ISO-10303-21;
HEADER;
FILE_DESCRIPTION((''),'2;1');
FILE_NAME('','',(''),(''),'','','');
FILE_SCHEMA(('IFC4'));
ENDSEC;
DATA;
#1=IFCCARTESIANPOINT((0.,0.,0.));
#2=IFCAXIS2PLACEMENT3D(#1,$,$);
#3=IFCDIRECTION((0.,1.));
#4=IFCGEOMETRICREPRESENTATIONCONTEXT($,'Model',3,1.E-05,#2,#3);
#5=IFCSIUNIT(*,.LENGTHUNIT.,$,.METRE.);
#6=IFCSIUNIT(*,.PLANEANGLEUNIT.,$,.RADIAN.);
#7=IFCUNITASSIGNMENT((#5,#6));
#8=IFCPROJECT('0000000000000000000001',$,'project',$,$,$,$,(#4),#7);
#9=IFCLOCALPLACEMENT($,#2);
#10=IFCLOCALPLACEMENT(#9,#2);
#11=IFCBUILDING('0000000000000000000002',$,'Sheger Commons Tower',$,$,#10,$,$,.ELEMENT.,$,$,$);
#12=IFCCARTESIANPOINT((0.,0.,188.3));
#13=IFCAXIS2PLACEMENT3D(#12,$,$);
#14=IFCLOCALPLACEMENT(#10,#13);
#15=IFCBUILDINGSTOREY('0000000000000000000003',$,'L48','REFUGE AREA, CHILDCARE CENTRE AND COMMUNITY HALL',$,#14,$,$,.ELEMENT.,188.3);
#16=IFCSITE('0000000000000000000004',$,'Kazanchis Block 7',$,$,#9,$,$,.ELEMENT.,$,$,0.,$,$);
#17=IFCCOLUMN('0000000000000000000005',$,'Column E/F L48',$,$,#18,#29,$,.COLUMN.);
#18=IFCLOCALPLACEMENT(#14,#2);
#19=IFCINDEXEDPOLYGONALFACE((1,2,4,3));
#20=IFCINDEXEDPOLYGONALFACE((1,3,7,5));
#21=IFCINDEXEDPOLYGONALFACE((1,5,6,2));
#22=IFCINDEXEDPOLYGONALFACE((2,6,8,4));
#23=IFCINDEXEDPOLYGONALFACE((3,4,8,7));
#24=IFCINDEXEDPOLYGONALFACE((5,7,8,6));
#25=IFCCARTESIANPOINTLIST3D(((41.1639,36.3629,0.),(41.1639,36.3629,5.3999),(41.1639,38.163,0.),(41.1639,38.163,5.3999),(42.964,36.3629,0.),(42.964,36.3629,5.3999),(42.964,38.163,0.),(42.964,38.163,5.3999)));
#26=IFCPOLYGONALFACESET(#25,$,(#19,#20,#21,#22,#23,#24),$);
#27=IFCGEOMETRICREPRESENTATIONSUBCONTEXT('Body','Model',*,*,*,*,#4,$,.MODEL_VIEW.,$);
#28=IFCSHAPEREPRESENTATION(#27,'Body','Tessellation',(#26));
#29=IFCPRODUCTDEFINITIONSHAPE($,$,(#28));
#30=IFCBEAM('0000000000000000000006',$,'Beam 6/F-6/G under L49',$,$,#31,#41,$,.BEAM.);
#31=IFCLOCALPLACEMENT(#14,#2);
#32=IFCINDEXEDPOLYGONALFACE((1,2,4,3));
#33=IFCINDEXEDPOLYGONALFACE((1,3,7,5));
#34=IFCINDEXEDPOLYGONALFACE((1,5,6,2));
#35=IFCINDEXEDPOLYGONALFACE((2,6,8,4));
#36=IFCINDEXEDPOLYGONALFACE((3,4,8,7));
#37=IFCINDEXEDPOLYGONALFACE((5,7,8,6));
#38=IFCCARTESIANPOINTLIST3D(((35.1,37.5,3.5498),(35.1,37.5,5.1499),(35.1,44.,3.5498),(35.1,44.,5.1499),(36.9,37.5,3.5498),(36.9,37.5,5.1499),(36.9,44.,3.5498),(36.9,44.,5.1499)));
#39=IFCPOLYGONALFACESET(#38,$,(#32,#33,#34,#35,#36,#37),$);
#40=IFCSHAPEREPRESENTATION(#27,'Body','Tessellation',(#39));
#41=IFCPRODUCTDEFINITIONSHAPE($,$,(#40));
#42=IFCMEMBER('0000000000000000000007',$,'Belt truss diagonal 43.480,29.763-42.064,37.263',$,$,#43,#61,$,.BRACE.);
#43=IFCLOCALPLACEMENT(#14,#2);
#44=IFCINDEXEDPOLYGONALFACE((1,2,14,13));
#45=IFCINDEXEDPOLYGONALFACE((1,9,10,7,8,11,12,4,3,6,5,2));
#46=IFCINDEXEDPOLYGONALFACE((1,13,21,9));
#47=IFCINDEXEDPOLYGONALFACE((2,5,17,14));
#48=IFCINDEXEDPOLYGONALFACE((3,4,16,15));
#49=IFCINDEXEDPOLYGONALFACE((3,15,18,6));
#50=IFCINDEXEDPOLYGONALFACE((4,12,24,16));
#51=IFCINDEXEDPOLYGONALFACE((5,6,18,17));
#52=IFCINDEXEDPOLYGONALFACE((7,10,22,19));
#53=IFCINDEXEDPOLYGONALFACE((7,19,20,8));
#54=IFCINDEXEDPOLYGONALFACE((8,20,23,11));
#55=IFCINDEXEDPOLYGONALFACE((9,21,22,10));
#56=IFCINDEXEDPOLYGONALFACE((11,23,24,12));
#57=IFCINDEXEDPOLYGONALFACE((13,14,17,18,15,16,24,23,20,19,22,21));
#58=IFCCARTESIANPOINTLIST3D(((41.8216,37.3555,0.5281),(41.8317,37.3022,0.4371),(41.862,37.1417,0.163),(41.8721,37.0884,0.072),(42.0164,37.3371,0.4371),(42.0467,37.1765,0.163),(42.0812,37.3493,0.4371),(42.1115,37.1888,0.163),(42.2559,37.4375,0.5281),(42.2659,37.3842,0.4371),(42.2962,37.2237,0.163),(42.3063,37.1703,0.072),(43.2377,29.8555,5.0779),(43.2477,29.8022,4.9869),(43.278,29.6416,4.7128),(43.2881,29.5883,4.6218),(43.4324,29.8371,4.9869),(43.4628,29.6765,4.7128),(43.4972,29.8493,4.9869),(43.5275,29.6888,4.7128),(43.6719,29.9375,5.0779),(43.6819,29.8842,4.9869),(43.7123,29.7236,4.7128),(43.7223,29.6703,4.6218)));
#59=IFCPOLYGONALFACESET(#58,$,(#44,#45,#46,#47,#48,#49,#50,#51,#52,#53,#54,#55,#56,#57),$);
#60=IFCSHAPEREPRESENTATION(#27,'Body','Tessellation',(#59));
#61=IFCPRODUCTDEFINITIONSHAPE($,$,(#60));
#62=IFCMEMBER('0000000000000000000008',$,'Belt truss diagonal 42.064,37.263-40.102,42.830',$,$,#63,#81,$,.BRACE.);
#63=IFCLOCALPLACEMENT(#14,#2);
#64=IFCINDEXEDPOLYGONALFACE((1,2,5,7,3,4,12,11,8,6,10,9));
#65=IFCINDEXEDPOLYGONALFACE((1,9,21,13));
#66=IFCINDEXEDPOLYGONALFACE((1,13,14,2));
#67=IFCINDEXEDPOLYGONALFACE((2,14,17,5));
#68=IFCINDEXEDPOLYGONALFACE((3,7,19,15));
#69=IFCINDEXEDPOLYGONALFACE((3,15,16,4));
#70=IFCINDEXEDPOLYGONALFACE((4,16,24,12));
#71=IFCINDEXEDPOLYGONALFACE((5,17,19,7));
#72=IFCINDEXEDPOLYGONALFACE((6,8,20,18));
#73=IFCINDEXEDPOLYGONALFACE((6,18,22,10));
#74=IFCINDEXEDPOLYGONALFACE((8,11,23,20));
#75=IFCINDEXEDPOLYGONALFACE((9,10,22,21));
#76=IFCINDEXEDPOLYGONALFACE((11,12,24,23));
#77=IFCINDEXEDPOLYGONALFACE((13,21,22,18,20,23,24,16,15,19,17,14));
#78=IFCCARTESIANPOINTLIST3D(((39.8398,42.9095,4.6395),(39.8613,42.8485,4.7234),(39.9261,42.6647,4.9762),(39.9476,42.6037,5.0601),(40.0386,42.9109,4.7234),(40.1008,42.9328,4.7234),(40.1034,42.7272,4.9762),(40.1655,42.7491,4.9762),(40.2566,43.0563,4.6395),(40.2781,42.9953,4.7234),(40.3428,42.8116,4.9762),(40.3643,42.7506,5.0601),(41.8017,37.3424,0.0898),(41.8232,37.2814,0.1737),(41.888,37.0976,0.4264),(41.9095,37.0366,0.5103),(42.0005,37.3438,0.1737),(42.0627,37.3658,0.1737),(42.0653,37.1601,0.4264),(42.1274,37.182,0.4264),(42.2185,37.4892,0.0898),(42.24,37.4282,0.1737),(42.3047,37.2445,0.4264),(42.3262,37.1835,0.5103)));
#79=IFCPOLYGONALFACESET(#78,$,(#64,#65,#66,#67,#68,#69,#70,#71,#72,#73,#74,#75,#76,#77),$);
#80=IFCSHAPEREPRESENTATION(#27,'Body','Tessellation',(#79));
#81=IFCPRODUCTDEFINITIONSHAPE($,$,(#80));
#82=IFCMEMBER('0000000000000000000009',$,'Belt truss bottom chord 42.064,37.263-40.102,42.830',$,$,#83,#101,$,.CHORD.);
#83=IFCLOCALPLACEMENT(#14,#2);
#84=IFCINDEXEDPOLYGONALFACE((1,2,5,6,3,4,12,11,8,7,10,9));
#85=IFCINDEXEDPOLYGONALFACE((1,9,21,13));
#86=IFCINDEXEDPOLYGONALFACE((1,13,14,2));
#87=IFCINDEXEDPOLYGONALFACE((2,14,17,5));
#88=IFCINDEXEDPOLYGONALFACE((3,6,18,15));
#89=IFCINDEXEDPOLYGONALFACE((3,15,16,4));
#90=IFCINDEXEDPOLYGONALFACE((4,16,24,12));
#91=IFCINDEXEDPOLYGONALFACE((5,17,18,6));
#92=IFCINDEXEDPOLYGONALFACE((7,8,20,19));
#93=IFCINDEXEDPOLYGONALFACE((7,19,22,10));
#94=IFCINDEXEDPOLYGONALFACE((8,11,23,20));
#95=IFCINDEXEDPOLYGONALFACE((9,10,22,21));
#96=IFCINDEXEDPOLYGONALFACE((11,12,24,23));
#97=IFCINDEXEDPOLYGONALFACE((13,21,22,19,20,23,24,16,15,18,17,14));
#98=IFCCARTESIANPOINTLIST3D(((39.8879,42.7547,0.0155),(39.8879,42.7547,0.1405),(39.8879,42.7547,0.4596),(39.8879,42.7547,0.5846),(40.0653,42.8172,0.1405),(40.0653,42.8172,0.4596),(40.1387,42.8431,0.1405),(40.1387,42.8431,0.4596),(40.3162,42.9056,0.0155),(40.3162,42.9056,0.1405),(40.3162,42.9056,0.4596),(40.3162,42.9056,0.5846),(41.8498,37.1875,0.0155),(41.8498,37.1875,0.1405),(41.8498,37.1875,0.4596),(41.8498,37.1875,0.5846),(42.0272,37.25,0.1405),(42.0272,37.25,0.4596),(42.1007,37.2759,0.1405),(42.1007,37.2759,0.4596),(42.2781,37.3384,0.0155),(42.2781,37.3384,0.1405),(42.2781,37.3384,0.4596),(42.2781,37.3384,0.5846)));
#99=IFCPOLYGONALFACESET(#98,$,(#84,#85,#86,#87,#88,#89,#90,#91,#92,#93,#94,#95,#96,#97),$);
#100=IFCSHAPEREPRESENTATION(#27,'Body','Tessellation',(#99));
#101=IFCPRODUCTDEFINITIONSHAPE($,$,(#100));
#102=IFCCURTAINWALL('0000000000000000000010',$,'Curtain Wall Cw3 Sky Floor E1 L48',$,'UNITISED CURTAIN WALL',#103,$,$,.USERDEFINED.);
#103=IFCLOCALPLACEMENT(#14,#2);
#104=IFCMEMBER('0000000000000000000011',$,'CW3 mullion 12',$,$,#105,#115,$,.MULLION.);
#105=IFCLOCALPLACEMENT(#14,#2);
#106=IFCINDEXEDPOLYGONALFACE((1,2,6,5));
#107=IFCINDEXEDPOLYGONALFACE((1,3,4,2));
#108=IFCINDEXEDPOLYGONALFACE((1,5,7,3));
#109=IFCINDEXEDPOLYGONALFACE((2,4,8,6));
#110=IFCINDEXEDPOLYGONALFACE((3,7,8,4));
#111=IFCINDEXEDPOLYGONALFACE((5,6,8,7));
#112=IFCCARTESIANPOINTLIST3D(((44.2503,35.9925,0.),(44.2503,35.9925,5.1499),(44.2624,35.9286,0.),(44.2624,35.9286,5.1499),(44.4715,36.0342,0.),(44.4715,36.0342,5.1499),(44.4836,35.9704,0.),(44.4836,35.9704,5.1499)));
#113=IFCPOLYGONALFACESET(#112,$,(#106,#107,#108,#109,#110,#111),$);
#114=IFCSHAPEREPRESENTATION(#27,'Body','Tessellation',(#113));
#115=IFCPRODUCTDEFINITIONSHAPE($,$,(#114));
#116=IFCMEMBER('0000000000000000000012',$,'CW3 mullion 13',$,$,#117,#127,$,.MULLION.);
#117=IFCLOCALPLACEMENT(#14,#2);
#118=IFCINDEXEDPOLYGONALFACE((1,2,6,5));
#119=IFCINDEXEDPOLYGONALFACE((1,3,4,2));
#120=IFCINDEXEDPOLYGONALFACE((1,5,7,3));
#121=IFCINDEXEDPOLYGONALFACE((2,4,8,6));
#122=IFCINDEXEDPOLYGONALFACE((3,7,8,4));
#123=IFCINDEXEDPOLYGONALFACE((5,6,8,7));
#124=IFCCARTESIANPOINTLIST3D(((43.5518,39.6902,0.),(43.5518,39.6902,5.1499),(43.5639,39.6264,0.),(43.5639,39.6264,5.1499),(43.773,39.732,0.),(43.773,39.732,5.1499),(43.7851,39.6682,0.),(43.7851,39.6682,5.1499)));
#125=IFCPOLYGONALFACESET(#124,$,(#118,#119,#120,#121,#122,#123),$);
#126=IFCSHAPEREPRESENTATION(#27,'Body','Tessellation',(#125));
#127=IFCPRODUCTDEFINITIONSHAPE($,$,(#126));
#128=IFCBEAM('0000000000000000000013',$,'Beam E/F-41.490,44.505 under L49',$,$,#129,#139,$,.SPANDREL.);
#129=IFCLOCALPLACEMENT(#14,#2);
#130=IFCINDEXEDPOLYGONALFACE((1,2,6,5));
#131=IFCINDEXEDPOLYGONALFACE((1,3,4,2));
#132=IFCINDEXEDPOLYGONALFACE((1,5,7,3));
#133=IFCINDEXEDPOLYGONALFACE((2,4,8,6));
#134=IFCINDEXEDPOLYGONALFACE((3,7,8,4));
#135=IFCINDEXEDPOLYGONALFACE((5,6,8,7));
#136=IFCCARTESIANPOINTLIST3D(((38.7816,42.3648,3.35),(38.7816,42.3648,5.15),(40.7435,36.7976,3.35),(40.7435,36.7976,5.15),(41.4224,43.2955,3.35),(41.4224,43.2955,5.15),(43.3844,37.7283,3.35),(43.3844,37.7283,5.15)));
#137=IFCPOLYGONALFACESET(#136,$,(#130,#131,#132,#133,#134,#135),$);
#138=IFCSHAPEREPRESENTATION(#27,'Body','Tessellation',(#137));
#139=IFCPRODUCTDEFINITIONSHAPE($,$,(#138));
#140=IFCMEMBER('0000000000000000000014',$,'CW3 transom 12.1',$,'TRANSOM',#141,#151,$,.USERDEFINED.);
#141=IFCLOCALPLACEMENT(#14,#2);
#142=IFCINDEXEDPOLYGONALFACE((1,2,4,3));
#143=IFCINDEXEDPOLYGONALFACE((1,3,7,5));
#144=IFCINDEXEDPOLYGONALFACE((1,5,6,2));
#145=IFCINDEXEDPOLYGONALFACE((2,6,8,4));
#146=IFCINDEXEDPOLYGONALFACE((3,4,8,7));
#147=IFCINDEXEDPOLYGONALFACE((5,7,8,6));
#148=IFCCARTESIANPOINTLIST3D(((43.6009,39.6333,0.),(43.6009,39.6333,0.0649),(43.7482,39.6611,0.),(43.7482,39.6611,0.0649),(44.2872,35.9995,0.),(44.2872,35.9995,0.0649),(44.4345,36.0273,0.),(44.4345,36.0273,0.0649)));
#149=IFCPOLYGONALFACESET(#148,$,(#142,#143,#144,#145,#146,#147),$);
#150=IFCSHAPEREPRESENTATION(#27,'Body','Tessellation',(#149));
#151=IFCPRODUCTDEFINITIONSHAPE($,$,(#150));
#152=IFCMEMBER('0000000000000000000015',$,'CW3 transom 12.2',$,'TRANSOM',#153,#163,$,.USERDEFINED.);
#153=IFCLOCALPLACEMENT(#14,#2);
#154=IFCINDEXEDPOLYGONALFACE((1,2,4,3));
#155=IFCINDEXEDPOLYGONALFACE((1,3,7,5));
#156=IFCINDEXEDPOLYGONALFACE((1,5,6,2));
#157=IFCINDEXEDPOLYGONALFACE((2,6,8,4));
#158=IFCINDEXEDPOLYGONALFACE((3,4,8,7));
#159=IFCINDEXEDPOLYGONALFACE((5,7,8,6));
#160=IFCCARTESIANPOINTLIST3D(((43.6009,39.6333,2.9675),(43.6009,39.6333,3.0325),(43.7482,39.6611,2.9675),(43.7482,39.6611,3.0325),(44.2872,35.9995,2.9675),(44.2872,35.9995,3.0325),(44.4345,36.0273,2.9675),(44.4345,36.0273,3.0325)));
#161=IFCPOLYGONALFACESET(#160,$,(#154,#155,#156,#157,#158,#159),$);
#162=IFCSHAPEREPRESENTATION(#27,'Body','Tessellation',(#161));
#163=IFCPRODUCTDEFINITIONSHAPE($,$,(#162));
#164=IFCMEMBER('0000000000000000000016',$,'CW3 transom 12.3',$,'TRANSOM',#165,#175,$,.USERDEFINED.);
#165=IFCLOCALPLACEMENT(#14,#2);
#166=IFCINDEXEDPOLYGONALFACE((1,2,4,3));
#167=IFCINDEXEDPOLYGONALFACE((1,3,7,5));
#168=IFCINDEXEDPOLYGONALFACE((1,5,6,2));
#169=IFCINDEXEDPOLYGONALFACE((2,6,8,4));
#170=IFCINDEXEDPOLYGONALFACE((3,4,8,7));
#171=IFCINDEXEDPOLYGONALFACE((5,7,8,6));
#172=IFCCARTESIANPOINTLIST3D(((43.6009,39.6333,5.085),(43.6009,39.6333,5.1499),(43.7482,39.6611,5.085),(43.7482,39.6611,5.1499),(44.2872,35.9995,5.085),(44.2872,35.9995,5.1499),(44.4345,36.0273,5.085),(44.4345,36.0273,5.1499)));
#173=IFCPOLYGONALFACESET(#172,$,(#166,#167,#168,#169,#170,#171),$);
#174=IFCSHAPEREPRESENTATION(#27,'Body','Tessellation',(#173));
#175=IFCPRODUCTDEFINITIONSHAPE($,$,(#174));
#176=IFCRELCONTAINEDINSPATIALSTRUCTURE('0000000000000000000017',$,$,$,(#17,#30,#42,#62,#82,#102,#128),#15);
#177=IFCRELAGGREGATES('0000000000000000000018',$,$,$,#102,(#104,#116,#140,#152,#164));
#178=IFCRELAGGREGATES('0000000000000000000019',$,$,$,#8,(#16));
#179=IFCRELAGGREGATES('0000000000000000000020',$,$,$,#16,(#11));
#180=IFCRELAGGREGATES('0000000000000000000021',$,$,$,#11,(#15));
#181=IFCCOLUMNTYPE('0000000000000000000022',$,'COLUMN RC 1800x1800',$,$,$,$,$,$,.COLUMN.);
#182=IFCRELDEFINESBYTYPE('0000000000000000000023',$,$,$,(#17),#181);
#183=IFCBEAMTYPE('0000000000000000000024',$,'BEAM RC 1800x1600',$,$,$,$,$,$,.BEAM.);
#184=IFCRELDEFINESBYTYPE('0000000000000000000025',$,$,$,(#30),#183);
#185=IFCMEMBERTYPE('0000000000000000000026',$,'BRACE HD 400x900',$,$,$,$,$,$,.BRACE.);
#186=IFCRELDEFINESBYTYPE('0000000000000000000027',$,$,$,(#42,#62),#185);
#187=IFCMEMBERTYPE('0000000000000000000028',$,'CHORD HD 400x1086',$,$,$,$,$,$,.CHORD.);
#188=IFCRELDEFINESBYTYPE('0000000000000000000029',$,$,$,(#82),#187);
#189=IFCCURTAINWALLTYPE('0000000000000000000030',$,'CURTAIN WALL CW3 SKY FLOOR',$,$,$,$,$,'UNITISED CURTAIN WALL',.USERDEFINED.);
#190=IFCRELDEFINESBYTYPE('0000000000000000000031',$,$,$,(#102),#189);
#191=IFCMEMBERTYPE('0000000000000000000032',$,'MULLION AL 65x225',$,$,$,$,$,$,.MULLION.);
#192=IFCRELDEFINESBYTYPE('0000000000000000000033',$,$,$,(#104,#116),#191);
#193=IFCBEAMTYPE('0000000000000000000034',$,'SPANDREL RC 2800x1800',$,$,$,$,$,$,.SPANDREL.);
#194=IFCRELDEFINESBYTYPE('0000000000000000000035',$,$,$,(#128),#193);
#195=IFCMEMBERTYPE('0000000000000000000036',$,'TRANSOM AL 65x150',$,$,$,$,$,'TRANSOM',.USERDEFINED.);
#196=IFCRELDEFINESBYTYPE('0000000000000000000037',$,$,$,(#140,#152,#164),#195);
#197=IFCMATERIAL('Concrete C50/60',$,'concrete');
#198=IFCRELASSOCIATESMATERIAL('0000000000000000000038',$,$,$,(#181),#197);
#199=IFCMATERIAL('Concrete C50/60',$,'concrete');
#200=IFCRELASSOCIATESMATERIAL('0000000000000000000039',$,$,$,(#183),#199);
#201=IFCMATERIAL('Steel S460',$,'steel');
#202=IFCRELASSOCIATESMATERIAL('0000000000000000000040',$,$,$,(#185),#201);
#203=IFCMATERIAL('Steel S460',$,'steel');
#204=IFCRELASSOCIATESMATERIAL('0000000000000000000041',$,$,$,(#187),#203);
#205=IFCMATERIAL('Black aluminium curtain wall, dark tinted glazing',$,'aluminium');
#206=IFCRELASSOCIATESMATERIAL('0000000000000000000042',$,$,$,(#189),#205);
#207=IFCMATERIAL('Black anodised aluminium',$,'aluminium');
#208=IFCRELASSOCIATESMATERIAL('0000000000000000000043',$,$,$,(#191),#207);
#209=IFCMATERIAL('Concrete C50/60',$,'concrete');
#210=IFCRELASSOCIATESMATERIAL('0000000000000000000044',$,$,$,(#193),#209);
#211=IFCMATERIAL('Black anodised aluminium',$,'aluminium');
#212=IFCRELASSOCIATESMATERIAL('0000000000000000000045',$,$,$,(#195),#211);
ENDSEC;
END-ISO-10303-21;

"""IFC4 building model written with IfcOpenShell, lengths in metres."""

from ifc_helpers import new_model, si_unit, direction, frame, origin, origin_2d, place, context, subcontext, project, spatial, rectangle, i_section, extrude, material, material_profile, profile_set, type_object, element, aggregate, save


model = new_model("IFC4")

# Units and contexts
model_context = context("Model", 3, precision=1e-05, world=origin(), true_north=direction((0.0, 1.0)))
body_context = subcontext(model_context, "Body", "Model", "MODEL_VIEW")
ifc_project = project(units=[si_unit("LENGTHUNIT", "METRE"), si_unit("PLANEANGLEUNIT", "RADIAN")], contexts=[model_context])

# Site, building, storey
site_placement = place(None, origin())
site = spatial("IfcSite", under=ifc_project, at=site_placement, Name="Kazanchis Block 7", CompositionType="ELEMENT", RefElevation=0.0)
building_placement = place(site_placement, origin())
building = spatial("IfcBuilding", under=site, at=building_placement, Name="Sheger Commons Tower", CompositionType="ELEMENT")
storey_placement = place(building_placement, frame((0.0, 0.0, 188.3)))
storey = spatial("IfcBuildingStorey", under=building, at=storey_placement, Name="L48", Description="REFUGE AREA, CHILDCARE CENTRE AND COMMUNITY HALL", CompositionType="ELEMENT", Elevation=188.3)

# Column
ifc_material_1 = material(Name="Concrete C50/60", Category="concrete")
ifc_material_profile_1 = material_profile(ifc_material_1, rectangle(XDim=1.8, YDim=1.8, at=origin_2d()), Name="RC 1800x1800")
ifc_profile_set_1 = profile_set([ifc_material_profile_1], Name="Concrete C50/60")
column_type = type_object("IfcColumnType", Name="COLUMN RC 1800x1800", PredefinedType="COLUMN", material=ifc_profile_set_1)
column_placement = place(storey_placement, frame((42.064, 37.2629, 0.0), z_axis=(0.0, 0.0, 1.0), x_axis=(1.0, 0.0, 0.0)))
element("IfcColumn", 1, at=column_placement, inside=storey, type_object=column_type, Name="Column E/F L48", PredefinedType="COLUMN", context=body_context, shape_type="SweptSolid", body=[
    extrude(rectangle(XDim=1.8, YDim=1.8, at=origin_2d()), origin(), (0.0, 0.0, 1.0), 5.3999),
])

# Beam
ifc_material_2 = material(Name="Concrete C50/60", Category="concrete")
ifc_material_profile_2 = material_profile(ifc_material_2, rectangle(XDim=1.8, YDim=1.6001, at=origin_2d()), Name="RC 1800x1600")
ifc_profile_set_2 = profile_set([ifc_material_profile_2], Name="Concrete C50/60")
beam_type_1 = type_object("IfcBeamType", Name="BEAM RC 1800x1600", PredefinedType="BEAM", material=ifc_profile_set_2)
beam_1_placement = place(storey_placement, frame((36.0, 37.5, 4.3499), z_axis=(0.0, 1.0, 0.0), x_axis=(-1.0, 0.0, 0.0)))
element("IfcBeam", 2, at=beam_1_placement, inside=storey, type_object=beam_type_1, Name="Beam 6/F-6/G under L49", PredefinedType="BEAM", context=body_context, shape_type="SweptSolid", body=[
    extrude(rectangle(XDim=1.8, YDim=1.6001, at=origin_2d()), origin(), (0.0, 0.0, 1.0), 6.5),
])

# Members
ifc_material_3 = material(Name="Steel S460", Category="steel")
ifc_material_profile_3 = material_profile(ifc_material_3, i_section(OverallWidth=0.4419, OverallDepth=0.531, WebThickness=0.0659, FlangeThickness=0.106, at=origin_2d()), Name="HD 400x900")
ifc_profile_set_3 = profile_set([ifc_material_profile_3], Name="Steel S460")
member_type_1 = type_object("IfcMemberType", Name="BRACE HD 400x900", PredefinedType="BRACE", material=ifc_profile_set_3)
member_1_placement = place(storey_placement, frame((42.064, 37.2629, 0.3), z_axis=(0.159359, -0.844052, 0.512036), x_axis=(0.98264, 0.185524, 0.0)))
element("IfcMember", 3, at=member_1_placement, inside=storey, type_object=member_type_1, Name="Belt truss diagonal 43.480,29.763-42.064,37.263", PredefinedType="BRACE", context=body_context, shape_type="SweptSolid", body=[
    extrude(i_section(OverallWidth=0.4419, OverallDepth=0.531, WebThickness=0.0659, FlangeThickness=0.106, at=origin_2d()), origin(), (0.0, 0.0, 1.0), 8.8857),
])
member_2_placement = place(storey_placement, frame((42.064, 37.2629, 0.3), z_axis=(-0.263248, 0.746995, 0.61049), x_axis=(-0.943148, -0.332374, 0.0)))
element("IfcMember", 4, at=member_2_placement, inside=storey, type_object=member_type_1, Name="Belt truss diagonal 42.064,37.263-40.102,42.830", PredefinedType="BRACE", context=body_context, shape_type="SweptSolid", body=[
    extrude(i_section(OverallWidth=0.4419, OverallDepth=0.531, WebThickness=0.0659, FlangeThickness=0.106, at=origin_2d()), origin(), (0.0, 0.0, 1.0), 7.4526),
])
ifc_material_4 = material(Name="Steel S460", Category="steel")
ifc_material_profile_4 = material_profile(ifc_material_4, i_section(OverallWidth=0.4541, OverallDepth=0.5691, WebThickness=0.0779, FlangeThickness=0.125, at=origin_2d()), Name="HD 400x1086")
ifc_profile_set_4 = profile_set([ifc_material_profile_4], Name="Steel S460")
member_type_2 = type_object("IfcMemberType", Name="CHORD HD 400x1086", PredefinedType="CHORD", material=ifc_profile_set_4)
member_3_placement = place(storey_placement, frame((42.064, 37.2629, 0.3), z_axis=(-0.332374, 0.943148, 0.0), x_axis=(-0.943148, -0.332374, 0.0)))
element("IfcMember", 5, at=member_3_placement, inside=storey, type_object=member_type_2, Name="Belt truss bottom chord 42.064,37.263-40.102,42.830", PredefinedType="CHORD", context=body_context, shape_type="SweptSolid", body=[
    extrude(i_section(OverallWidth=0.4541, OverallDepth=0.5691, WebThickness=0.0779, FlangeThickness=0.125, at=origin_2d()), origin(), (0.0, 0.0, 1.0), 5.9028),
])

# Curtain wall, members
ifc_material_5 = material(Name="Black aluminium curtain wall, dark tinted glazing", Category="aluminium")
curtain_wall_type = type_object("IfcCurtainWallType", Name="CURTAIN WALL CW3 SKY FLOOR", ElementType="UNITISED CURTAIN WALL", PredefinedType="USERDEFINED", material=ifc_material_5)
curtain_wall_placement = place(storey_placement, origin())
curtain_wall = element("IfcCurtainWall", 6, at=curtain_wall_placement, inside=storey, type_object=curtain_wall_type, Name="Curtain Wall Cw3 Sky Floor E1 L48", ObjectType="UNITISED CURTAIN WALL", PredefinedType="USERDEFINED")
ifc_material_6 = material(Name="Black anodised aluminium", Category="aluminium")
ifc_material_profile_5 = material_profile(ifc_material_6, rectangle(XDim=0.2251, YDim=0.0649, at=origin_2d()), Name="AL 65x225")
ifc_profile_set_5 = profile_set([ifc_material_profile_5], Name="Black anodised aluminium")
member_type_3 = type_object("IfcMemberType", Name="MULLION AL 65x225", PredefinedType="MULLION", material=ifc_profile_set_5)
member_4_placement = place(storey_placement, frame((44.3669, 35.9814, 0.0), z_axis=(0.0, 0.0, 1.0), x_axis=(-0.982624, -0.18561, 0.0)))
member_4 = element("IfcMember", 7, at=member_4_placement, type_object=member_type_3, Name="CW3 mullion 12", PredefinedType="MULLION", context=body_context, shape_type="SweptSolid", body=[
    extrude(rectangle(XDim=0.2251, YDim=0.0649, at=origin_2d()), origin(), (0.0, 0.0, 1.0), 5.1499),
])
member_5_placement = place(storey_placement, frame((43.6685, 39.6792, 0.0), z_axis=(0.0, 0.0, 1.0), x_axis=(-0.982624, -0.18561, 0.0)))
member_5 = element("IfcMember", 8, at=member_5_placement, type_object=member_type_3, Name="CW3 mullion 13", PredefinedType="MULLION", context=body_context, shape_type="SweptSolid", body=[
    extrude(rectangle(XDim=0.2251, YDim=0.0649, at=origin_2d()), origin(), (0.0, 0.0, 1.0), 5.1499),
])

# Beam
ifc_material_7 = material(Name="Concrete C50/60", Category="concrete")
ifc_material_profile_6 = material_profile(ifc_material_7, rectangle(XDim=2.8, YDim=1.8, at=origin_2d()), Name="RC 2800x1800")
ifc_profile_set_6 = profile_set([ifc_material_profile_6], Name="Concrete C50/60")
beam_type_2 = type_object("IfcBeamType", Name="SPANDREL RC 2800x1800", PredefinedType="SPANDREL", material=ifc_profile_set_6)
beam_2_placement = place(storey_placement, frame((42.064, 37.2629, 4.25), z_axis=(-0.332374, 0.943148, 0.0), x_axis=(-0.943148, -0.332374, 0.0)))
element("IfcBeam", 9, at=beam_2_placement, inside=storey, type_object=beam_type_2, Name="Beam E/F-41.490,44.505 under L49", PredefinedType="SPANDREL", context=body_context, shape_type="SweptSolid", body=[
    extrude(rectangle(XDim=2.8, YDim=1.8, at=origin_2d()), origin(), (0.0, 0.0, 1.0), 5.9028),
])

# Members
ifc_material_8 = material(Name="Black anodised aluminium", Category="aluminium")
ifc_material_profile_7 = material_profile(ifc_material_8, rectangle(XDim=0.1499, YDim=0.0649, at=origin_2d()), Name="AL 65x150")
ifc_profile_set_7 = profile_set([ifc_material_profile_7], Name="Black anodised aluminium")
member_type_4 = type_object("IfcMemberType", Name="TRANSOM AL 65x150", ElementType="TRANSOM", PredefinedType="USERDEFINED", material=ifc_profile_set_7)
member_6_placement = place(storey_placement, frame((44.3608, 36.0134, 0.0325), z_axis=(-0.18558, 0.982629, 0.0), x_axis=(-0.982629, -0.18558, 0.0)))
member_6 = element("IfcMember", 10, at=member_6_placement, type_object=member_type_4, Name="CW3 transom 12.1", ObjectType="TRANSOM", PredefinedType="USERDEFINED", context=body_context, shape_type="SweptSolid", body=[
    extrude(rectangle(XDim=0.1499, YDim=0.0649, at=origin_2d()), origin(), (0.0, 0.0, 1.0), 3.698),
])
member_7_placement = place(storey_placement, frame((44.3608, 36.0134, 3.0), z_axis=(-0.18558, 0.982629, 0.0), x_axis=(-0.982629, -0.18558, 0.0)))
member_7 = element("IfcMember", 11, at=member_7_placement, type_object=member_type_4, Name="CW3 transom 12.2", ObjectType="TRANSOM", PredefinedType="USERDEFINED", context=body_context, shape_type="SweptSolid", body=[
    extrude(rectangle(XDim=0.1499, YDim=0.0649, at=origin_2d()), origin(), (0.0, 0.0, 1.0), 3.698),
])
member_8_placement = place(storey_placement, frame((44.3608, 36.0134, 5.1174), z_axis=(-0.18558, 0.982629, 0.0), x_axis=(-0.982629, -0.18558, 0.0)))
member_8 = element("IfcMember", 12, at=member_8_placement, type_object=member_type_4, Name="CW3 transom 12.3", ObjectType="TRANSOM", PredefinedType="USERDEFINED", context=body_context, shape_type="SweptSolid", body=[
    extrude(rectangle(XDim=0.1499, YDim=0.0649, at=origin_2d()), origin(), (0.0, 0.0, 1.0), 3.698),
])

aggregate(curtain_wall, [member_4, member_5, member_6, member_7, member_8])

save(model, "model.ifc")
